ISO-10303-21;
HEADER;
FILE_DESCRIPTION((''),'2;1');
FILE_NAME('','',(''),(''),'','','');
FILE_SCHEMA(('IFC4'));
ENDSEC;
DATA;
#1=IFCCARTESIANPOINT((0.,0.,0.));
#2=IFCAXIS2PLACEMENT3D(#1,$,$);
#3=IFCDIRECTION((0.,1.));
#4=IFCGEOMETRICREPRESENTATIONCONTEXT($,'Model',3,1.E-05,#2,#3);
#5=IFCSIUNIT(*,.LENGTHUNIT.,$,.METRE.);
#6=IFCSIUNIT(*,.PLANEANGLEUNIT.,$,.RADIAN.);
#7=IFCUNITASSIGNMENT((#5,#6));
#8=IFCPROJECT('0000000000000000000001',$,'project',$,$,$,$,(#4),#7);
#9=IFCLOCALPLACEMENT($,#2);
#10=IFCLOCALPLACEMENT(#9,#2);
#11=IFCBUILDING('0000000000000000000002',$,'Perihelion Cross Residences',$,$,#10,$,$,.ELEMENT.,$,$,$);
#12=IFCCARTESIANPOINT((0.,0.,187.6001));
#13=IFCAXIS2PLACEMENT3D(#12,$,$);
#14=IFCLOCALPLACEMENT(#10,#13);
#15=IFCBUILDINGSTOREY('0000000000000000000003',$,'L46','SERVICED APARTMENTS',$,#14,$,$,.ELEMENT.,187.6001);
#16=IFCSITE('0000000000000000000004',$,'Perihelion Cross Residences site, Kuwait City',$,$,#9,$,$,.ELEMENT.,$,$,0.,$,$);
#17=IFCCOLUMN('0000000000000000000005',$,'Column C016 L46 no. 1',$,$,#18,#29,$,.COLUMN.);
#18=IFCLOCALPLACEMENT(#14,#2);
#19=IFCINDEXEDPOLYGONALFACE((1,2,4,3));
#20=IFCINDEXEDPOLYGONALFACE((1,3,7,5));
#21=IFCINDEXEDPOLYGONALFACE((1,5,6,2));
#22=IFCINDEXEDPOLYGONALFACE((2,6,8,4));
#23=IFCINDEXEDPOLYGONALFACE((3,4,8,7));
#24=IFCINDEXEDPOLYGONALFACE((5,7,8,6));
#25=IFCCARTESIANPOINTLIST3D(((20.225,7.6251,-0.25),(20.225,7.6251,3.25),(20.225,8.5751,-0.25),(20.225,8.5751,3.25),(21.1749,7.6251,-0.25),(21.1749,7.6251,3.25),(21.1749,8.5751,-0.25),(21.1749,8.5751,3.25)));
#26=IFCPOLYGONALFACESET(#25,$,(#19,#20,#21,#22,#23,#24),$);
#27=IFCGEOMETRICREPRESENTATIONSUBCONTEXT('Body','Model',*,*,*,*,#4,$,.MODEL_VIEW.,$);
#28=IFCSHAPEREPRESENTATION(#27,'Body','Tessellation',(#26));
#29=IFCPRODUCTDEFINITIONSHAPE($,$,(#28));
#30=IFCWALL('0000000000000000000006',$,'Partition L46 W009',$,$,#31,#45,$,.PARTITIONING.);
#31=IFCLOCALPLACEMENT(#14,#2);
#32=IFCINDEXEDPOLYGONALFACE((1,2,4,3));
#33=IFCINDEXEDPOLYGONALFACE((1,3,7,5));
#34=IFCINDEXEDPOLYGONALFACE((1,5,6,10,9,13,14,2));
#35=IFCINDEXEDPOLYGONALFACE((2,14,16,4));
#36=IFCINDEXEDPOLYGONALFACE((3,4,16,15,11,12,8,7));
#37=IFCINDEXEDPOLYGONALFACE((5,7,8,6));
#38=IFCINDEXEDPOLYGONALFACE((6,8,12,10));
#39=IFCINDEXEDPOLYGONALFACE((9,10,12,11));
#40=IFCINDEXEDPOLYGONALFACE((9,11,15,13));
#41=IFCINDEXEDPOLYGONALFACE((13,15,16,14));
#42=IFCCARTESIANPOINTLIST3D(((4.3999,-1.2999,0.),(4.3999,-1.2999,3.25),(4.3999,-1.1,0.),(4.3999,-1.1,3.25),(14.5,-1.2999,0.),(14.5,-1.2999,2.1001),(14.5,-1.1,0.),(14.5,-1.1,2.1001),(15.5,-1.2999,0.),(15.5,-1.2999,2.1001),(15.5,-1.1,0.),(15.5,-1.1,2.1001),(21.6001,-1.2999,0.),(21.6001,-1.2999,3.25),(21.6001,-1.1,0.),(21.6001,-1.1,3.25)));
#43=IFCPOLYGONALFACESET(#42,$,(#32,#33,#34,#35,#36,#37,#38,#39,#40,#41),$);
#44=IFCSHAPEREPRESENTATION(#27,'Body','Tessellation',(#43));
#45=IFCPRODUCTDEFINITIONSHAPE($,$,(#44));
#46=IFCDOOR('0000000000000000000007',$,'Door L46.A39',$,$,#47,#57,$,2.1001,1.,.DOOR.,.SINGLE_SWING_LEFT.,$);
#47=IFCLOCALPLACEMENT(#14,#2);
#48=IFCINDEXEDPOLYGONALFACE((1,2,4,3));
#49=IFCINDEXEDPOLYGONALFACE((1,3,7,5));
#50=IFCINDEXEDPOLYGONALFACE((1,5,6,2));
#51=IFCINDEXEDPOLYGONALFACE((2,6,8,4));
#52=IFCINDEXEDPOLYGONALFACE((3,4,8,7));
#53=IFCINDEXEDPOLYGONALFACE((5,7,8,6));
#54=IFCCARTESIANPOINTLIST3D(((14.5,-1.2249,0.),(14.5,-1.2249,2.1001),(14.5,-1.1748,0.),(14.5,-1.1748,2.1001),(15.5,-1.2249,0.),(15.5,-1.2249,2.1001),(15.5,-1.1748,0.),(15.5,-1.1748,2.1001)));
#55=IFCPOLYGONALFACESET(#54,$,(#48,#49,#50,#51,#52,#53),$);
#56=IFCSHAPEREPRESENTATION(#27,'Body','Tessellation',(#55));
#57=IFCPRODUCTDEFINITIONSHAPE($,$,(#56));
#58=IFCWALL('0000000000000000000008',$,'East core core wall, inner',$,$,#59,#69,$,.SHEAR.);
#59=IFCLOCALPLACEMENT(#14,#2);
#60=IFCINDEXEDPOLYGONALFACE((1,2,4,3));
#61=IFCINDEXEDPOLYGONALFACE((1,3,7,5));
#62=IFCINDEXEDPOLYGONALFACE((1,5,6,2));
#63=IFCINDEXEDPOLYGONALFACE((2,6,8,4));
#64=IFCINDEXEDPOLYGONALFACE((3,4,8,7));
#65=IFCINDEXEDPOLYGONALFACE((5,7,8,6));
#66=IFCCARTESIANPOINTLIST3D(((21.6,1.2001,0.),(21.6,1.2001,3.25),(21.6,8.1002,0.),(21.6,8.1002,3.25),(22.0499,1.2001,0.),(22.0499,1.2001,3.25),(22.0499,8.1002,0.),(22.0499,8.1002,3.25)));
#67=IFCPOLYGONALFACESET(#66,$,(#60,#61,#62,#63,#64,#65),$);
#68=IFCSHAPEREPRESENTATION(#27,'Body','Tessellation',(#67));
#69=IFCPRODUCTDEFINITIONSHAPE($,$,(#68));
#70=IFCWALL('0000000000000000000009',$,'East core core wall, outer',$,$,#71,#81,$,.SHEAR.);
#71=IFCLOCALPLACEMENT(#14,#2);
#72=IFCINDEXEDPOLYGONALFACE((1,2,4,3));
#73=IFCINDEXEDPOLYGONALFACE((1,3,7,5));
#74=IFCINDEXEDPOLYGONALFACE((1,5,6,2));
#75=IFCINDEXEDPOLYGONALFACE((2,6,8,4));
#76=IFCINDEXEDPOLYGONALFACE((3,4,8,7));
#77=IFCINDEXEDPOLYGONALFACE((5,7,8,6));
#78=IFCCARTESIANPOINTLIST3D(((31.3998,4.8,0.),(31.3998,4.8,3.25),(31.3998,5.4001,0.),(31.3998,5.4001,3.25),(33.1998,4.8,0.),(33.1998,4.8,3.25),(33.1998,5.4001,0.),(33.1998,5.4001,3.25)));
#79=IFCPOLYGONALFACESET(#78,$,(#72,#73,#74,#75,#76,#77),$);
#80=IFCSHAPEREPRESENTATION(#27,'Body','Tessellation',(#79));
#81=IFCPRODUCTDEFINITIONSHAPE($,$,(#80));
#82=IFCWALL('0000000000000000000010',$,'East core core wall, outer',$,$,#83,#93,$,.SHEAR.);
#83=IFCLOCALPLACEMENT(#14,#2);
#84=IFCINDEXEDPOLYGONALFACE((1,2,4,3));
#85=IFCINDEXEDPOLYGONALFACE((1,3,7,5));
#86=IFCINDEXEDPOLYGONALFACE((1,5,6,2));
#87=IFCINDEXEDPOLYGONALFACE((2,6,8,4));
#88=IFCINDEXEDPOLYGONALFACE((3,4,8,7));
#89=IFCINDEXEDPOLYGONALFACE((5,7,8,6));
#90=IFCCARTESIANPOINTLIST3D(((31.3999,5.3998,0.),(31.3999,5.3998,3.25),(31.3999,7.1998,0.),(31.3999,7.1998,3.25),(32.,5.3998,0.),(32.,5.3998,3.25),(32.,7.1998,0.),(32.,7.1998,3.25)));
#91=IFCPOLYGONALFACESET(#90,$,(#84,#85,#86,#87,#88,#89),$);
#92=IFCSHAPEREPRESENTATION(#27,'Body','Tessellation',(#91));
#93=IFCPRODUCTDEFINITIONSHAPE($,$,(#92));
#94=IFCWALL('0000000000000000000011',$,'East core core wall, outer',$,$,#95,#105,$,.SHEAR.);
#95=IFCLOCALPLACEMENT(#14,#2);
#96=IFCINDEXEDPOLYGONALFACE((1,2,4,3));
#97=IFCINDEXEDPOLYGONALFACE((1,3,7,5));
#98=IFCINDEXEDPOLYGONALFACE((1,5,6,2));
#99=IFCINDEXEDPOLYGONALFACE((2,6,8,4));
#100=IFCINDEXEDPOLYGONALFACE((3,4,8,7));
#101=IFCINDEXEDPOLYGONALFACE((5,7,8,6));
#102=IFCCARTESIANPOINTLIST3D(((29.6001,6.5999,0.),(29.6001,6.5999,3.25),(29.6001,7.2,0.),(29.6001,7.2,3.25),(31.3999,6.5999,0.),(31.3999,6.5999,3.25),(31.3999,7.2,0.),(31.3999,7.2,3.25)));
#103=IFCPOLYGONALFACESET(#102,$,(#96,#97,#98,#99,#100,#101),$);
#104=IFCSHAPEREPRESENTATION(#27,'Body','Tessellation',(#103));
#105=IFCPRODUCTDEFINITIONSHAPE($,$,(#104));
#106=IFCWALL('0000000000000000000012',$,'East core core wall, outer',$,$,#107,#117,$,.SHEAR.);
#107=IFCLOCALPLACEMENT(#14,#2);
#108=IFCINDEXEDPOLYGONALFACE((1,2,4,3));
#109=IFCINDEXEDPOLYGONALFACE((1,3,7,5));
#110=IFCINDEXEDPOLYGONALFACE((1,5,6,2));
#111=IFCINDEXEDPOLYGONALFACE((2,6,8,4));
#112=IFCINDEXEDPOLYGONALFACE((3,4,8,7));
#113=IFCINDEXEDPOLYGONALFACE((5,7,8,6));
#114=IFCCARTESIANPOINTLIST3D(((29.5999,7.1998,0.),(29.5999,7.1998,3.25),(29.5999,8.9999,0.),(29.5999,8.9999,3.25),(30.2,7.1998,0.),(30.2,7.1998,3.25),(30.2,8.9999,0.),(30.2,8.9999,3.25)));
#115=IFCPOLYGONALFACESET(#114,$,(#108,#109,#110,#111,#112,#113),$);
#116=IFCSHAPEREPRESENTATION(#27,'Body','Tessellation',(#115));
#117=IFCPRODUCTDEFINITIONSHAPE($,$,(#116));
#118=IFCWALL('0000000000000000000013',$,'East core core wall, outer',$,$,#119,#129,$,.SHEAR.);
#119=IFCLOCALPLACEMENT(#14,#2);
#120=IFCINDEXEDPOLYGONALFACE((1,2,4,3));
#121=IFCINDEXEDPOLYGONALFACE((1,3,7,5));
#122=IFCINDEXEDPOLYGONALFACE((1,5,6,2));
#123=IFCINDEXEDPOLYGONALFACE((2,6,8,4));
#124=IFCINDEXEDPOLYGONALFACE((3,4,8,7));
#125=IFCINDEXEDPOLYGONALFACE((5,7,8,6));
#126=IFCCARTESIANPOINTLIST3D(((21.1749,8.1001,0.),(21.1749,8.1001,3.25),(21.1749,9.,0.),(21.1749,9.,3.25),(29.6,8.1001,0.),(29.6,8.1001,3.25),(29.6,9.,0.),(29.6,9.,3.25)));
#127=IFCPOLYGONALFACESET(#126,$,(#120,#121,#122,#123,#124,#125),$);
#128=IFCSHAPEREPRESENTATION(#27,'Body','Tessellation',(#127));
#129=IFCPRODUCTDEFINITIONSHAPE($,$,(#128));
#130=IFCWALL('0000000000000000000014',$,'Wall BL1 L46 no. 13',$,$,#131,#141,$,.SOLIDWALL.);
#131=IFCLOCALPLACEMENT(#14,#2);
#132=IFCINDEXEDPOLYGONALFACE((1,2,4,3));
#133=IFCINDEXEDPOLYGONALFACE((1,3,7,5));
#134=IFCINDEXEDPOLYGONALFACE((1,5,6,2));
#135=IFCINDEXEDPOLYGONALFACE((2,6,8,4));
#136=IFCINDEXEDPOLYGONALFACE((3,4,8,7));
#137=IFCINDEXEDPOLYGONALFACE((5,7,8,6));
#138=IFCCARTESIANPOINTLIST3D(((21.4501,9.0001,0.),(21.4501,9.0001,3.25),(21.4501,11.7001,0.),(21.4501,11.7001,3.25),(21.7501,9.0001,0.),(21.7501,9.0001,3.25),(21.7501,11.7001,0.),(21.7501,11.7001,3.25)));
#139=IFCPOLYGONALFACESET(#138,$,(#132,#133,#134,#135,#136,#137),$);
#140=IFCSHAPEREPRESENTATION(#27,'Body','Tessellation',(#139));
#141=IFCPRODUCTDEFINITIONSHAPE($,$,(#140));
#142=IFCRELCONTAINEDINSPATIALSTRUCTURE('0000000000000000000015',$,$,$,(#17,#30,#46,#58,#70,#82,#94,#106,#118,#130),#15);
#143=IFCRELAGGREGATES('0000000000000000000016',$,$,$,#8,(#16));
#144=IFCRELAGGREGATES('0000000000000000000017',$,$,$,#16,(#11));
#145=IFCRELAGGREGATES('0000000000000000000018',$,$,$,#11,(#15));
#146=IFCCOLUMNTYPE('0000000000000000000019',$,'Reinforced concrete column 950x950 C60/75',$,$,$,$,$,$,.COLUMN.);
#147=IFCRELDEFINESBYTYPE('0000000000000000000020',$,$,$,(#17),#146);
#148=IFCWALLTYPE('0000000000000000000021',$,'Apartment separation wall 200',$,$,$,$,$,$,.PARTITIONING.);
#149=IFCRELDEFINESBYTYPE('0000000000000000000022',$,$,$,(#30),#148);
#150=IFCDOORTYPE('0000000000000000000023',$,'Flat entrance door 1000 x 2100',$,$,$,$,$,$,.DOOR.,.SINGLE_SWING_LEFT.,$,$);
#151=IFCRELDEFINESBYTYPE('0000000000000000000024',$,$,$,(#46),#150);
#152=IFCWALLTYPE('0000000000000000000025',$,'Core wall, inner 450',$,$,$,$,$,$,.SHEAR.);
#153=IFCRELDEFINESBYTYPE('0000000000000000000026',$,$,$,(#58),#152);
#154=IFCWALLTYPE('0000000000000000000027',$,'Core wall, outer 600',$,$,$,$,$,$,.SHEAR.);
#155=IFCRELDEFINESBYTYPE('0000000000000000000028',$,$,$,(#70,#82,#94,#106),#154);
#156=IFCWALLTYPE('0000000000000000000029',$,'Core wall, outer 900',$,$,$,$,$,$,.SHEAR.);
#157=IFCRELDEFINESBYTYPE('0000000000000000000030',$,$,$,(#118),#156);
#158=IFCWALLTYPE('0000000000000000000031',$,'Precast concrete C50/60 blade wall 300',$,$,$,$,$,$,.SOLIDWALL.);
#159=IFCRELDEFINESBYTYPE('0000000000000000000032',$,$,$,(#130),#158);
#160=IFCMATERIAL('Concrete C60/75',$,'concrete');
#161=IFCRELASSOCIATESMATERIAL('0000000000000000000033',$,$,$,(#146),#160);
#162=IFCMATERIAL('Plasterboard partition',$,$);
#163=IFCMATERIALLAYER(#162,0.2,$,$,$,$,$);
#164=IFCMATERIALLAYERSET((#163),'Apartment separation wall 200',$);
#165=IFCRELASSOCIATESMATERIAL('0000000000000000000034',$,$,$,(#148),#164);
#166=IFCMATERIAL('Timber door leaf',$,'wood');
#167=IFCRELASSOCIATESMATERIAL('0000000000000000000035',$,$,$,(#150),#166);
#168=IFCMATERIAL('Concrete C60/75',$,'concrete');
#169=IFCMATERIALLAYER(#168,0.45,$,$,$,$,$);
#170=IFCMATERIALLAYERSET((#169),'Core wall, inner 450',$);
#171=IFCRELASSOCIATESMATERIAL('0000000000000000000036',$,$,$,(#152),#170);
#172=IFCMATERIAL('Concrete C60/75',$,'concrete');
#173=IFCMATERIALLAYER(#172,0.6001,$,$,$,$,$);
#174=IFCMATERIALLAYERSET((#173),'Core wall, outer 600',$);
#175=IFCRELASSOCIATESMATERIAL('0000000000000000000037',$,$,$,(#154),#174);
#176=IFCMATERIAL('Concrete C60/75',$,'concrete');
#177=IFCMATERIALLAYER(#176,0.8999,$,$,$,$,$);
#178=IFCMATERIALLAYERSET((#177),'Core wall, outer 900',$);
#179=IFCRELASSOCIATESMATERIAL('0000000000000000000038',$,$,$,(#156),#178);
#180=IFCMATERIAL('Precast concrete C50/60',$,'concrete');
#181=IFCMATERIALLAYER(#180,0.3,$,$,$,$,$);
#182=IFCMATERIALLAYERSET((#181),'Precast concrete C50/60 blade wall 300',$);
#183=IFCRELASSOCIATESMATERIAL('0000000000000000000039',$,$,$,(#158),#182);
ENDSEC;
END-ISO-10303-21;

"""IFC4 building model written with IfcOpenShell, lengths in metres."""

from ifc_helpers import new_model, si_unit, direction, frame, frame_2d, origin, origin_2d, place, context, subcontext, project, spatial, rectangle, extrude, material, layer, layer_set, material_profile, profile_set, type_object, element, fill, save


model = new_model("IFC4")

# Units and contexts
model_context = context("Model", 3, precision=1e-05, world=origin(), true_north=direction((0.0, 1.0)))
body_context = subcontext(model_context, "Body", "Model", "MODEL_VIEW")
ifc_project = project(units=[si_unit("LENGTHUNIT", "METRE"), si_unit("PLANEANGLEUNIT", "RADIAN")], contexts=[model_context])

# Site, building, storey
site_placement = place(None, origin())
site = spatial("IfcSite", under=ifc_project, at=site_placement, Name="Perihelion Cross Residences site, Kuwait City", CompositionType="ELEMENT", RefElevation=0.0)
building_placement = place(site_placement, origin())
building = spatial("IfcBuilding", under=site, at=building_placement, Name="Perihelion Cross Residences", CompositionType="ELEMENT")
storey_placement = place(building_placement, frame((0.0, 0.0, 187.6001)))
storey = spatial("IfcBuildingStorey", under=building, at=storey_placement, Name="L46", Description="SERVICED APARTMENTS", CompositionType="ELEMENT", Elevation=187.6001)

# Column
ifc_material_1 = material(Name="Concrete C60/75", Category="concrete")
ifc_material_profile_1 = material_profile(ifc_material_1, rectangle(XDim=0.95, YDim=0.95, at=origin_2d()), Name="RC 950x950")
ifc_profile_set_1 = profile_set([ifc_material_profile_1], Name="Concrete C60/75")
column_type = type_object("IfcColumnType", Name="Reinforced concrete column 950x950 C60/75", PredefinedType="COLUMN", material=ifc_profile_set_1)
column_placement = place(storey_placement, frame((20.7, 8.1001, -0.25), z_axis=(0.0, 0.0, 1.0), x_axis=(1.0, 0.0, 0.0)))
element("IfcColumn", 1, at=column_placement, inside=storey, type_object=column_type, Name="Column C016 L46 no. 1", PredefinedType="COLUMN", context=body_context, shape_type="SweptSolid", body=[
    extrude(rectangle(XDim=0.95, YDim=0.95, at=origin_2d()), origin(), (0.0, 0.0, 1.0), 3.5),
])

# Wall, opening, door
ifc_material_2 = material(Name="Plasterboard partition")
ifc_layer_1 = layer(ifc_material_2, 0.2)
ifc_layer_set_1 = layer_set([ifc_layer_1], Name="Apartment separation wall 200")
wall_type_1 = type_object("IfcWallType", Name="Apartment separation wall 200", PredefinedType="PARTITIONING", material=ifc_layer_set_1)
wall_1_placement = place(storey_placement, frame((21.6001, -1.2, 0.0), z_axis=(0.0, 0.0, 1.0), x_axis=(-1.0, 0.0, 0.0)))
wall_1 = element("IfcWall", 2, at=wall_1_placement, inside=storey, type_object=wall_type_1, Name="Partition L46 W009", PredefinedType="PARTITIONING", context=body_context, shape_type="SweptSolid", body=[
    extrude(rectangle(XDim=17.2002, YDim=0.2, at=frame_2d((8.6001, 0.0))), origin(), (0.0, 0.0, 1.0), 3.25),
])
opening_1_placement = place(wall_1_placement, frame((6.1001, 0.0, 0.0)))
opening_1 = element("IfcOpeningElement", 3, at=opening_1_placement, cuts=wall_1, PredefinedType="OPENING", context=body_context, shape_type="SweptSolid", body=[
    extrude(rectangle(XDim=1.0, YDim=2.1001, at=frame_2d((0.5, 1.05))), frame((0.0, 0.1099, 0.0), z_axis=(0.0, -1.0, 0.0), x_axis=(1.0, 0.0, 0.0)), (0.0, 0.0, 1.0), 0.22),
])
ifc_material_3 = material(Name="Timber door leaf", Category="wood")
door_type_1 = type_object("IfcDoorType", Name="Flat entrance door 1000 x 2100", OperationType="SINGLE_SWING_LEFT", PredefinedType="DOOR", material=ifc_material_3)
door_1_placement = place(opening_1_placement, origin())
door_1 = element("IfcDoor", 4, at=door_1_placement, inside=storey, type_object=door_type_1, Name="Door L46.A39", OperationType="SINGLE_SWING_LEFT", OverallHeight=2.1001, OverallWidth=1.0, PredefinedType="DOOR", context=body_context, shape_type="SweptSolid", body=[
    extrude(rectangle(XDim=1.0, YDim=2.1001, at=frame_2d((0.5, 1.05))), frame((0.0, 0.0249, 0.0), z_axis=(0.0, -1.0, 0.0), x_axis=(1.0, 0.0, 0.0)), (0.0, 0.0, 1.0), 0.05),
])
fill(opening_1, door_1)

# Walls
ifc_material_4 = material(Name="Concrete C60/75", Category="concrete")
ifc_layer_2 = layer(ifc_material_4, 0.45)
ifc_layer_set_2 = layer_set([ifc_layer_2], Name="Core wall, inner 450")
wall_type_2 = type_object("IfcWallType", Name="Core wall, inner 450", PredefinedType="SHEAR", material=ifc_layer_set_2)
wall_2_placement = place(storey_placement, frame((21.825, 1.2, 0.0), z_axis=(0.0, 0.0, 1.0), x_axis=(0.0, 1.0, 0.0)))
element("IfcWall", 5, at=wall_2_placement, inside=storey, type_object=wall_type_2, Name="East core core wall, inner", PredefinedType="SHEAR", context=body_context, shape_type="SweptSolid", body=[
    extrude(rectangle(XDim=6.9001, YDim=0.45, at=frame_2d((3.4502, 0.0))), origin(), (0.0, 0.0, 1.0), 3.25),
])
ifc_material_5 = material(Name="Concrete C60/75", Category="concrete")
ifc_layer_3 = layer(ifc_material_5, 0.6001)
ifc_layer_set_3 = layer_set([ifc_layer_3], Name="Core wall, outer 600")
wall_type_3 = type_object("IfcWallType", Name="Core wall, outer 600", PredefinedType="SHEAR", material=ifc_layer_set_3)
for number, where, z_axis, x_axis, name in (
    (6, (31.3999, 5.1001, 0.0), (0.0, 0.0, 1.0), (1.0, 0.0, 0.0), "East core core wall, outer"),
    (7, (31.7, 5.3999, 0.0), (0.0, 0.0, 1.0), (0.0, 1.0, 0.0), "East core core wall, outer"),
):
    element("IfcWall", number, at=place(storey_placement, frame(where, z_axis=z_axis, x_axis=x_axis)), inside=storey, type_object=wall_type_3, Name=name, PredefinedType="SHEAR", context=body_context, shape_type="SweptSolid", body=[
        extrude(rectangle(XDim=1.8, YDim=0.6001, at=frame_2d((0.8999, 0.0))), origin(), (0.0, 0.0, 1.0), 3.25),
    ])
wall_3_placement = place(storey_placement, frame((29.6001, 6.8999, 0.0), z_axis=(0.0, 0.0, 1.0), x_axis=(1.0, 0.0, 0.0)))
element("IfcWall", 8, at=wall_3_placement, inside=storey, type_object=wall_type_3, Name="East core core wall, outer", PredefinedType="SHEAR", context=body_context, shape_type="SweptSolid", body=[
    extrude(rectangle(XDim=1.7998, YDim=0.6001, at=frame_2d((0.8999, 0.0))), origin(), (0.0, 0.0, 1.0), 3.25),
])
wall_4_placement = place(storey_placement, frame((29.8999, 7.2, 0.0), z_axis=(0.0, 0.0, 1.0), x_axis=(0.0, 1.0, 0.0)))
element("IfcWall", 9, at=wall_4_placement, inside=storey, type_object=wall_type_3, Name="East core core wall, outer", PredefinedType="SHEAR", context=body_context, shape_type="SweptSolid", body=[
    extrude(rectangle(XDim=1.8, YDim=0.6001, at=frame_2d((0.8999, 0.0))), origin(), (0.0, 0.0, 1.0), 3.25),
])
ifc_material_6 = material(Name="Concrete C60/75", Category="concrete")
ifc_layer_4 = layer(ifc_material_6, 0.8999)
ifc_layer_set_4 = layer_set([ifc_layer_4], Name="Core wall, outer 900")
wall_type_4 = type_object("IfcWallType", Name="Core wall, outer 900", PredefinedType="SHEAR", material=ifc_layer_set_4)
wall_5_placement = place(storey_placement, frame((21.175, 8.55, 0.0), z_axis=(0.0, 0.0, 1.0), x_axis=(1.0, 0.0, 0.0)))
element("IfcWall", 10, at=wall_5_placement, inside=storey, type_object=wall_type_4, Name="East core core wall, outer", PredefinedType="SHEAR", context=body_context, shape_type="SweptSolid", body=[
    extrude(rectangle(XDim=8.425, YDim=0.8999, at=frame_2d((4.2124, 0.0))), origin(), (0.0, 0.0, 1.0), 3.25),
])
ifc_material_7 = material(Name="Precast concrete C50/60", Category="concrete")
ifc_layer_5 = layer(ifc_material_7, 0.3)
ifc_layer_set_5 = layer_set([ifc_layer_5], Name="Precast concrete C50/60 blade wall 300")
wall_type_5 = type_object("IfcWallType", Name="Precast concrete C50/60 blade wall 300", PredefinedType="SOLIDWALL", material=ifc_layer_set_5)
wall_6_placement = place(storey_placement, frame((21.6001, 9.0, 0.0), z_axis=(0.0, 0.0, 1.0), x_axis=(0.0, 1.0, 0.0)))
element("IfcWall", 11, at=wall_6_placement, inside=storey, type_object=wall_type_5, Name="Wall BL1 L46 no. 13", PredefinedType="SOLIDWALL", context=body_context, shape_type="SweptSolid", body=[
    extrude(rectangle(XDim=2.7, YDim=0.3, at=frame_2d((1.3501, 0.0))), origin(), (0.0, 0.0, 1.0), 3.25),
])

save(model, "model.ifc")
